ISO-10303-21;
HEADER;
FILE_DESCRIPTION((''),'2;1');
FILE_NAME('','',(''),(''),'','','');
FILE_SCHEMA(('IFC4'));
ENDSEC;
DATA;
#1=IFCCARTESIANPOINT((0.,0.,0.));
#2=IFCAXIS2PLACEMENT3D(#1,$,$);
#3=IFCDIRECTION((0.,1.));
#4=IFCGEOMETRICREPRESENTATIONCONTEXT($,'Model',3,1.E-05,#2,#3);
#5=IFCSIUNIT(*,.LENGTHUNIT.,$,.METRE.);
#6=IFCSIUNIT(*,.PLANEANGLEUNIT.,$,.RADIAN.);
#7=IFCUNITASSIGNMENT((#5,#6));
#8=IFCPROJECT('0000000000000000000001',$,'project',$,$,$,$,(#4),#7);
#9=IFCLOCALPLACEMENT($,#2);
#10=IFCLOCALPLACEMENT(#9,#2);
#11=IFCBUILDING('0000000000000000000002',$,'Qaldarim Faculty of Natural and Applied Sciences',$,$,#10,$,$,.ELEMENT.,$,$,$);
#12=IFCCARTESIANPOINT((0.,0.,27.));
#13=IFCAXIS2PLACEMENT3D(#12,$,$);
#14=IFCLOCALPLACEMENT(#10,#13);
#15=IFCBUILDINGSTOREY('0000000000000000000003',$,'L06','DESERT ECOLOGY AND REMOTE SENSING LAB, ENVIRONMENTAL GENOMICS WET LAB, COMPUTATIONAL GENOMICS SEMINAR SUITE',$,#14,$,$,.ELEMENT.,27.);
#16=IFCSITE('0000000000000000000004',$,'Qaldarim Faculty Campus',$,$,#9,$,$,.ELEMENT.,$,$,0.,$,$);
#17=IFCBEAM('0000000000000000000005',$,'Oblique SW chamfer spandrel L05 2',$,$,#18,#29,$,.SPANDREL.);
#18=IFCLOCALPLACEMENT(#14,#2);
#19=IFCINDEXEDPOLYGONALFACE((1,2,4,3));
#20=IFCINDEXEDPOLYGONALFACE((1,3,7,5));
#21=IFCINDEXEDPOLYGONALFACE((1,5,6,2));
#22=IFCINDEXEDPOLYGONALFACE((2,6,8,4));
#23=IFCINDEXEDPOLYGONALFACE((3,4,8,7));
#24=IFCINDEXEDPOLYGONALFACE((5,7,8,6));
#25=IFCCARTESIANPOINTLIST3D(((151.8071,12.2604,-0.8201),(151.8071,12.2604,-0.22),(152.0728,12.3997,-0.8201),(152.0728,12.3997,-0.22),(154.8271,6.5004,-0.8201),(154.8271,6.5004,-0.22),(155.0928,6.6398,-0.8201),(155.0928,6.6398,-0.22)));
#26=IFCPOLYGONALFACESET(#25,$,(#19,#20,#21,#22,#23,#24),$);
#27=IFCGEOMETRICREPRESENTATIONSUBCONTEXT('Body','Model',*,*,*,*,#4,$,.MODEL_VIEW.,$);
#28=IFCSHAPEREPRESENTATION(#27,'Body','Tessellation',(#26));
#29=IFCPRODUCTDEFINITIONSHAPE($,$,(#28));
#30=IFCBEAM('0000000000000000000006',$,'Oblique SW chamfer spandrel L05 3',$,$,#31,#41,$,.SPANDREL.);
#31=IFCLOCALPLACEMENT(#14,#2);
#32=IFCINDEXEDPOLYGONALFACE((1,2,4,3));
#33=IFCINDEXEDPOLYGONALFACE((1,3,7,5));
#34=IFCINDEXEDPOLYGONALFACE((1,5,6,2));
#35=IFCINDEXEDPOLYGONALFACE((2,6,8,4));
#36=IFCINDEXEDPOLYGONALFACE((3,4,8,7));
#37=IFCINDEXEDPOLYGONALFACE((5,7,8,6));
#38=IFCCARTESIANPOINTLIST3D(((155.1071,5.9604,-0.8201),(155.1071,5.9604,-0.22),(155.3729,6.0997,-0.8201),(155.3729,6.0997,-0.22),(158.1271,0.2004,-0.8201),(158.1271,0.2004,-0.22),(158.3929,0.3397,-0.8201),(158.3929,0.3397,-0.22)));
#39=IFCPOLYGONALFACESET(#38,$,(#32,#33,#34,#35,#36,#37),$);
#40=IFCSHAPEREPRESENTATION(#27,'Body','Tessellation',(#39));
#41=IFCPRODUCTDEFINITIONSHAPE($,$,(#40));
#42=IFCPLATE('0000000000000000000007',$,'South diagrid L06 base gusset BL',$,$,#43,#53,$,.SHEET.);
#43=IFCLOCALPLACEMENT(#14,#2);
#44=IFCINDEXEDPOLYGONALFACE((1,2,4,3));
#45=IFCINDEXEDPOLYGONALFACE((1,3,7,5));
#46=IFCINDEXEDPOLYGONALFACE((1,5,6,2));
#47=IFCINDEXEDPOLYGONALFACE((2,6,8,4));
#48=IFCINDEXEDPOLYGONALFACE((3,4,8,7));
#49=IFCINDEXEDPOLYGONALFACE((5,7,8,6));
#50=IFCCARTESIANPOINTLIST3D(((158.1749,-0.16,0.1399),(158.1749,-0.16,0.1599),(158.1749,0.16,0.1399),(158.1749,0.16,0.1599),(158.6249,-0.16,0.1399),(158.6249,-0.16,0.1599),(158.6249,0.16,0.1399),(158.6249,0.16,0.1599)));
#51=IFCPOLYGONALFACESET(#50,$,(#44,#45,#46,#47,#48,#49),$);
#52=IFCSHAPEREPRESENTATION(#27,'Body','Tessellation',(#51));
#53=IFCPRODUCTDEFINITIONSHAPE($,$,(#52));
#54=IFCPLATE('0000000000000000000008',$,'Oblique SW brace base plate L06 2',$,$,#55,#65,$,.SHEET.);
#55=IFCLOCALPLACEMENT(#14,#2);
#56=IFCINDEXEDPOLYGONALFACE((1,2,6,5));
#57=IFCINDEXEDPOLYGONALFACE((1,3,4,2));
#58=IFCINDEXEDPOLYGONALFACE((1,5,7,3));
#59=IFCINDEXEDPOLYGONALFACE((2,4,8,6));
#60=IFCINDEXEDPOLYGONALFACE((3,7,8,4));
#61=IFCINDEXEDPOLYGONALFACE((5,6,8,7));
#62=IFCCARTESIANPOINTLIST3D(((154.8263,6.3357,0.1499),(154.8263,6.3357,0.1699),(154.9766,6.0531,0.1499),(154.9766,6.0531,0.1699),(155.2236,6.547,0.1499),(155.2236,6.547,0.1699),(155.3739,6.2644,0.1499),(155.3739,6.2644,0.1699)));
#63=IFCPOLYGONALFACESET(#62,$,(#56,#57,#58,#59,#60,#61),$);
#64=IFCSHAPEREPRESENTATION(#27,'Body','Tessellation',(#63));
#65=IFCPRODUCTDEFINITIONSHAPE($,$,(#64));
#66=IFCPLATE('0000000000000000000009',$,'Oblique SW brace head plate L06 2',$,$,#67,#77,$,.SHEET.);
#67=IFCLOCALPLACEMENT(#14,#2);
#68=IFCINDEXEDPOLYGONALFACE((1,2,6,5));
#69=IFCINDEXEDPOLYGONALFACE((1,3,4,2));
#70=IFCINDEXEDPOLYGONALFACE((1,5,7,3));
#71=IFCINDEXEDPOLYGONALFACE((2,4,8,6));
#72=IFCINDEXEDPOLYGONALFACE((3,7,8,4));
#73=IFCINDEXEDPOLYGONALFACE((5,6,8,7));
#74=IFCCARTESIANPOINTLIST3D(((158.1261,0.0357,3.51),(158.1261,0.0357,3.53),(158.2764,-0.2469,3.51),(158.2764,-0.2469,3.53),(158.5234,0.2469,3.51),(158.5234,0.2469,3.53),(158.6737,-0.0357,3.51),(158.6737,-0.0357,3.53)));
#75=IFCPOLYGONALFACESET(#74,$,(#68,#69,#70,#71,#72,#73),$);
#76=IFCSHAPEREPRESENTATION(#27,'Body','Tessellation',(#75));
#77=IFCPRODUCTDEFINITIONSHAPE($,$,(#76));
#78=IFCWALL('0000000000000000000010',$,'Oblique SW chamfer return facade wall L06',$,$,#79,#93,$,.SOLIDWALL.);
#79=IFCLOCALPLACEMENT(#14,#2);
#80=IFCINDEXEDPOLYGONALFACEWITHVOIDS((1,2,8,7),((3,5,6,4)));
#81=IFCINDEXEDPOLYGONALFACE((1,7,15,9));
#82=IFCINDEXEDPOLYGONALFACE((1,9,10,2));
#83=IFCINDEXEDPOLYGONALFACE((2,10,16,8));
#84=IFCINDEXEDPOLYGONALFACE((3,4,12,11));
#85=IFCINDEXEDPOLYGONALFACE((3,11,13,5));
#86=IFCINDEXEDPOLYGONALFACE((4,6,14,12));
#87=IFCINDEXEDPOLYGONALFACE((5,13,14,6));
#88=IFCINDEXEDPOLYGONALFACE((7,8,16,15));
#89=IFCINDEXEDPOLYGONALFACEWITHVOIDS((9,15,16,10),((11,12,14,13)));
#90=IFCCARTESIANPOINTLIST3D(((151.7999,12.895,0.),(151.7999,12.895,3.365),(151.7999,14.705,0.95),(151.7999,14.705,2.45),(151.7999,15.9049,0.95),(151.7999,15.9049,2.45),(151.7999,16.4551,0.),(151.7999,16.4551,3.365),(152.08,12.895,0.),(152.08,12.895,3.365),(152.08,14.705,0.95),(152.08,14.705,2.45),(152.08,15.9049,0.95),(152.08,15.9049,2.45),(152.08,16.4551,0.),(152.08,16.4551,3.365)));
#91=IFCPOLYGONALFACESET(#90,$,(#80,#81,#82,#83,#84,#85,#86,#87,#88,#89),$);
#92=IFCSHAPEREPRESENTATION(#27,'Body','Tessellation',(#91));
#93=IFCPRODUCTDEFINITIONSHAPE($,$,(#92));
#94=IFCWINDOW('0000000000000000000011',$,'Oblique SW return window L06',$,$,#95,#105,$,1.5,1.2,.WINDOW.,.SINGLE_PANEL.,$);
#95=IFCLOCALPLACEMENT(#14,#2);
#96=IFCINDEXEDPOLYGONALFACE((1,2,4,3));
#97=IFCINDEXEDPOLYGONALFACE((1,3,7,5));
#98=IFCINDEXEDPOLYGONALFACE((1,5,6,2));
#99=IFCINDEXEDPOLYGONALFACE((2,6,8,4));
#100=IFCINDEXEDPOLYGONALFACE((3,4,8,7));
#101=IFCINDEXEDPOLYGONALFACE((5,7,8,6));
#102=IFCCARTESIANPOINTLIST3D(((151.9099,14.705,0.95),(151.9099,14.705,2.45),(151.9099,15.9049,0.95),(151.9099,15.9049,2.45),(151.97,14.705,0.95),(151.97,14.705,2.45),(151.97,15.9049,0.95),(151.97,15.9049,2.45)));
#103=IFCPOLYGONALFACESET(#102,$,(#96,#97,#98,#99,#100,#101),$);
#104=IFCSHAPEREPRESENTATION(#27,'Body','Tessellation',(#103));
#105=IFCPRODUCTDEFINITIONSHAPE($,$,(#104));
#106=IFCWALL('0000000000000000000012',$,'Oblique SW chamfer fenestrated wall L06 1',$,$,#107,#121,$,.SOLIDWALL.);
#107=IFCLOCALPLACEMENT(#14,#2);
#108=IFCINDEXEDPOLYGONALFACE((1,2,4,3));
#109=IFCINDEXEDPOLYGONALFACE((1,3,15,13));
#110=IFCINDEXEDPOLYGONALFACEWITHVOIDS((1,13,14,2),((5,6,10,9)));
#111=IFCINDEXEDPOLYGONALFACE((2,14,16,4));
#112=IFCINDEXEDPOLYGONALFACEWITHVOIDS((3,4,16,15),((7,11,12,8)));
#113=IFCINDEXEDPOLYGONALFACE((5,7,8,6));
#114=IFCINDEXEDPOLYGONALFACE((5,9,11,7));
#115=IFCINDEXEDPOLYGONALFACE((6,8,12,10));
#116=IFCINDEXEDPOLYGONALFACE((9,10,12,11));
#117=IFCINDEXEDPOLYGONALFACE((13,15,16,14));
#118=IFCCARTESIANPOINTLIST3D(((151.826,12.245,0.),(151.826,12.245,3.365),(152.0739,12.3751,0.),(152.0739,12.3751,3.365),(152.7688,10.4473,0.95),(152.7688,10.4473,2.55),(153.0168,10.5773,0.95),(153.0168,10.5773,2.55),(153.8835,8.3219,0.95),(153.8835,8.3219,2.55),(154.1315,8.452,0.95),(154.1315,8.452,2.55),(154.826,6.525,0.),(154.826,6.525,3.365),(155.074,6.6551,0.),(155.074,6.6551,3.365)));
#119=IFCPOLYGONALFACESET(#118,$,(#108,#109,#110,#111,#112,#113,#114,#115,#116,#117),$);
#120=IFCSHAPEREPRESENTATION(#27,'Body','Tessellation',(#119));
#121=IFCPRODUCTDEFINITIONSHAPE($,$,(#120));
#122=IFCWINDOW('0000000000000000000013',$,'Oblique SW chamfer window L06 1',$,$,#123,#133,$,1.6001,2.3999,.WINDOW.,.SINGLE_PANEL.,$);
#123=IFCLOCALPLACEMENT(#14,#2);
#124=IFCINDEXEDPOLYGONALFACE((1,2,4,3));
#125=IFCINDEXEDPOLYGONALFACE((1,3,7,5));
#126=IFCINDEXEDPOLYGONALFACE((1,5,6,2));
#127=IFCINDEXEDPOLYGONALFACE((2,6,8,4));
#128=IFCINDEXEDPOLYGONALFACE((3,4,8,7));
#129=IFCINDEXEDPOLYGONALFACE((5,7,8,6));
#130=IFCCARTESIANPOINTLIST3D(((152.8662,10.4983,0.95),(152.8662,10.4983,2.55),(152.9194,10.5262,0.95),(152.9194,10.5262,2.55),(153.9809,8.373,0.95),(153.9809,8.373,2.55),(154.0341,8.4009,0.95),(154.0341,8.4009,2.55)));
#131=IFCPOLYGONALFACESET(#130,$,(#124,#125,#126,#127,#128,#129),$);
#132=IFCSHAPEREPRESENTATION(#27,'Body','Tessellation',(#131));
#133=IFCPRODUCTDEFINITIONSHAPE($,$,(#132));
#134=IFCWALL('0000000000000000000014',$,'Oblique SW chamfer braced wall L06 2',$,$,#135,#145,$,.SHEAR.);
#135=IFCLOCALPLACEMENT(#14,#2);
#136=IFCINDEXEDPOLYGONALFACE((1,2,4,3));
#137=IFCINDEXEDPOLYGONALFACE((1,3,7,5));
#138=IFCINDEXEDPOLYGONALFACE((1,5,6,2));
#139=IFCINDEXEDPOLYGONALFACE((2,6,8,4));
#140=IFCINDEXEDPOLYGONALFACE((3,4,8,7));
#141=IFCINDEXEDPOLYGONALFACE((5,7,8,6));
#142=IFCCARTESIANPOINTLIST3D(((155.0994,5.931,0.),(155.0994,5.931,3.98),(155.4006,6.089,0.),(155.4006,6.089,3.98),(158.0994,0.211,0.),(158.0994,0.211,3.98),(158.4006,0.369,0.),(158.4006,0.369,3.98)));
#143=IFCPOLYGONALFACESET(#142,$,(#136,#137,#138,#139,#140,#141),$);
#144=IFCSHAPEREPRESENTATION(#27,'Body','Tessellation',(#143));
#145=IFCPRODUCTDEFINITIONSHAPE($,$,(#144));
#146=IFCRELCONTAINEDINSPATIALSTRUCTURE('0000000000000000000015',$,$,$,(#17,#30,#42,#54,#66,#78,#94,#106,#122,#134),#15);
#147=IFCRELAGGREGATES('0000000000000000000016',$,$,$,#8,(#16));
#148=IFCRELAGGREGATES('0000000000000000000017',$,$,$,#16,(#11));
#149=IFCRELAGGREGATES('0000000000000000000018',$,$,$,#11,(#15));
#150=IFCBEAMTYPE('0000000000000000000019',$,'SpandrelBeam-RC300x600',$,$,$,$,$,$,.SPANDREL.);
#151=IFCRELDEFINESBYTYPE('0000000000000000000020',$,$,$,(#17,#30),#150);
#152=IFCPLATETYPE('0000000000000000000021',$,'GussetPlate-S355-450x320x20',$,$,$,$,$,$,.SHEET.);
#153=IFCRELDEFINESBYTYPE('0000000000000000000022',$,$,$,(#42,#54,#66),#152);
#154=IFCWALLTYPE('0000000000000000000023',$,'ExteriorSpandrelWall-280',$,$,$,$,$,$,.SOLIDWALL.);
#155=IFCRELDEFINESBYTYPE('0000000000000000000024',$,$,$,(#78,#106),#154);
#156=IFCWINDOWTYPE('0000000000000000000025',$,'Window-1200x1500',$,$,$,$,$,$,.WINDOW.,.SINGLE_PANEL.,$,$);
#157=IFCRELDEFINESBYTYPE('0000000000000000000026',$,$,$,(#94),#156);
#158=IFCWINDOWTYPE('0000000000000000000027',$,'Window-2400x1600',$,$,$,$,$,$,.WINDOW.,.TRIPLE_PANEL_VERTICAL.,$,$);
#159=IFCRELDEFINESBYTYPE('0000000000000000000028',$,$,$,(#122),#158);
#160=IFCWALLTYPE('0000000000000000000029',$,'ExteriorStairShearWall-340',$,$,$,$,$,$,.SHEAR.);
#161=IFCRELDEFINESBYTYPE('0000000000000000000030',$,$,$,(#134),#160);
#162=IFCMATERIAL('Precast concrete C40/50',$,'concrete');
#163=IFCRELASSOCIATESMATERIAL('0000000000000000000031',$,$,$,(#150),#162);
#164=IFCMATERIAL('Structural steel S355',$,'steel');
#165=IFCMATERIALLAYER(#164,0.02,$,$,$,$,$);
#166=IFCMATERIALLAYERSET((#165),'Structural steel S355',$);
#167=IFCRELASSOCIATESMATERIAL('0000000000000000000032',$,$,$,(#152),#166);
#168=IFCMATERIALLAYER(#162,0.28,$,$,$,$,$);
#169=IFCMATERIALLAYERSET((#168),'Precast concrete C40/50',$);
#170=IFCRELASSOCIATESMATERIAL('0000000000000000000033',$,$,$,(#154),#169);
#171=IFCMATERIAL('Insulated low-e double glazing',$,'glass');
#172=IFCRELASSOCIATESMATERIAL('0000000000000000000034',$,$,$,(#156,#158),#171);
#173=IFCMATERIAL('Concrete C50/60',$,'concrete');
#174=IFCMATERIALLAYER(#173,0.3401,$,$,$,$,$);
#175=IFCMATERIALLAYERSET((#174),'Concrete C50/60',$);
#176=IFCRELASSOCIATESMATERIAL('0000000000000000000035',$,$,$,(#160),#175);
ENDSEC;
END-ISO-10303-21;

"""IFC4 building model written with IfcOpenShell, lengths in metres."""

from ifc_helpers import new_model, si_unit, direction, frame, frame_2d, origin, origin_2d, place, context, subcontext, project, spatial, rectangle, extrude, material, layer, layer_set, material_profile, profile_set, type_object, element, fill, save


model = new_model("IFC4")

# Units and contexts
model_context = context("Model", 3, precision=1e-05, world=origin(), true_north=direction((0.0, 1.0)))
body_context = subcontext(model_context, "Body", "Model", "MODEL_VIEW")
ifc_project = project(units=[si_unit("LENGTHUNIT", "METRE"), si_unit("PLANEANGLEUNIT", "RADIAN")], contexts=[model_context])

# Site, building, storey
site_placement = place(None, origin())
site = spatial("IfcSite", under=ifc_project, at=site_placement, Name="Qaldarim Faculty Campus", CompositionType="ELEMENT", RefElevation=0.0)
building_placement = place(site_placement, origin())
building = spatial("IfcBuilding", under=site, at=building_placement, Name="Qaldarim Faculty of Natural and Applied Sciences", CompositionType="ELEMENT")
storey_placement = place(building_placement, frame((0.0, 0.0, 27.0)))
storey = spatial("IfcBuildingStorey", under=building, at=storey_placement, Name="L06", Description="DESERT ECOLOGY AND REMOTE SENSING LAB, ENVIRONMENTAL GENOMICS WET LAB, COMPUTATIONAL GENOMICS SEMINAR SUITE", CompositionType="ELEMENT", Elevation=27.0)

# Shared definitions
ifc_material_1 = material(Name="Concrete C50/60", Category="concrete")

# Shared definitions
ifc_material_2 = material(Name="Structural steel S355", Category="steel")

# Beams
ifc_material_3 = material(Name="Precast concrete C40/50", Category="concrete")
ifc_material_profile_1 = material_profile(ifc_material_3, rectangle(XDim=0.3, YDim=0.6001, at=origin_2d()), Name="RC-SP300x600")
ifc_profile_set_1 = profile_set([ifc_material_profile_1], Name="Precast concrete C40/50")
beam_type_1 = type_object("IfcBeamType", Name="SpandrelBeam-RC300x600", PredefinedType="SPANDREL", material=ifc_profile_set_1)
for number, where, z_axis, x_axis, name in (
    (1, (151.9399, 12.3301, -0.52), (0.464353, -0.88565, 0.0), (0.88565, 0.464353, 0.0), "Oblique SW chamfer spandrel L05 2"),
    (2, (155.24, 6.03, -0.52), (0.464353, -0.88565, 0.0), (0.88565, 0.464353, 0.0), "Oblique SW chamfer spandrel L05 3"),
):
    element("IfcBeam", number, at=place(storey_placement, frame(where, z_axis=z_axis, x_axis=x_axis)), inside=storey, type_object=beam_type_1, Name=name, PredefinedType="SPANDREL", context=body_context, shape_type="SweptSolid", body=[
        extrude(rectangle(XDim=0.3, YDim=0.6001, at=origin_2d()), origin(), (0.0, 0.0, 1.0), 6.5037),
    ])

# Plates
ifc_layer_1 = layer(ifc_material_2, 0.02)
ifc_layer_set_1 = layer_set([ifc_layer_1], Name="Structural steel S355")
plate_type = type_object("IfcPlateType", Name="GussetPlate-S355-450x320x20", PredefinedType="SHEET", material=ifc_layer_set_1)
for number, where, z_axis, x_axis, name in (
    (3, (158.3999, 0.0, 0.1399), (0.0, 0.0, 1.0), (1.0, 0.0, 0.0), "South diagrid L06 base gusset BL"),
    (4, (155.1001, 6.3, 0.1499), (0.0, 0.0, 1.0), (0.882948, 0.469472, 0.0), "Oblique SW brace base plate L06 2"),
    (5, (158.3999, 0.0, 3.51), (0.0, 0.0, 1.0), (0.882948, 0.469472, 0.0), "Oblique SW brace head plate L06 2"),
):
    element("IfcPlate", number, at=place(storey_placement, frame(where, z_axis=z_axis, x_axis=x_axis)), inside=storey, type_object=plate_type, Name=name, PredefinedType="SHEET", context=body_context, shape_type="SweptSolid", body=[
        extrude(rectangle(XDim=0.45, YDim=0.3201, at=origin_2d()), origin(), (0.0, 0.0, 1.0), 0.02),
    ])

# Walls, openings, windows
ifc_layer_2 = layer(ifc_material_3, 0.28)
ifc_layer_set_2 = layer_set([ifc_layer_2], Name="Precast concrete C40/50")
wall_type_1 = type_object("IfcWallType", Name="ExteriorSpandrelWall-280", PredefinedType="SOLIDWALL", material=ifc_layer_set_2)
wall_1_placement = place(storey_placement, frame((151.9399, 16.4551, 0.0), z_axis=(0.0, 0.0, 1.0), x_axis=(0.0, -1.0, 0.0)))
wall_1 = element("IfcWall", 6, at=wall_1_placement, inside=storey, type_object=wall_type_1, Name="Oblique SW chamfer return facade wall L06", PredefinedType="SOLIDWALL", context=body_context, shape_type="SweptSolid", body=[
    extrude(rectangle(XDim=3.5601, YDim=0.28, at=frame_2d((1.78, 0.0))), origin(), (0.0, 0.0, 1.0), 3.365),
])
opening_1_placement = place(wall_1_placement, frame((0.55, 0.0, 0.95)))
opening_1 = element("IfcOpeningElement", 7, at=opening_1_placement, cuts=wall_1, PredefinedType="OPENING", context=body_context, shape_type="SweptSolid", body=[
    extrude(rectangle(XDim=1.2, YDim=1.5, at=frame_2d((0.6001, 0.75))), frame((0.0, 0.1499, 0.0), z_axis=(0.0, -1.0, 0.0), x_axis=(1.0, 0.0, 0.0)), (0.0, 0.0, 1.0), 0.3),
])
ifc_material_4 = material(Name="Insulated low-e double glazing", Category="glass")
window_type_1 = type_object("IfcWindowType", Name="Window-1200x1500", PartitioningType="SINGLE_PANEL", PredefinedType="WINDOW", material=ifc_material_4)
window_1_placement = place(opening_1_placement, origin())
window_1 = element("IfcWindow", 8, at=window_1_placement, inside=storey, type_object=window_type_1, Name="Oblique SW return window L06", OverallHeight=1.5, OverallWidth=1.2, PartitioningType="SINGLE_PANEL", PredefinedType="WINDOW", context=body_context, shape_type="SweptSolid", body=[
    extrude(rectangle(XDim=1.2, YDim=1.5, at=frame_2d((0.6001, 0.75))), frame((0.0, 0.03, 0.0), z_axis=(0.0, -1.0, 0.0), x_axis=(1.0, 0.0, 0.0)), (0.0, 0.0, 1.0), 0.0601),
])
fill(opening_1, window_1)
wall_2_placement = place(storey_placement, frame((151.95, 12.3101, 0.0), z_axis=(0.0, 0.0, 1.0), x_axis=(0.464472, -0.885588, 0.0)))
wall_2 = element("IfcWall", 9, at=wall_2_placement, inside=storey, type_object=wall_type_1, Name="Oblique SW chamfer fenestrated wall L06 1", PredefinedType="SOLIDWALL", context=body_context, shape_type="SweptSolid", body=[
    extrude(rectangle(XDim=6.459, YDim=0.28, at=frame_2d((3.2295, 0.0))), origin(), (0.0, 0.0, 1.0), 3.365),
])
opening_2_placement = place(wall_2_placement, frame((2.03, 0.0, 0.95)))
opening_2 = element("IfcOpeningElement", 10, at=opening_2_placement, cuts=wall_2, PredefinedType="OPENING", context=body_context, shape_type="SweptSolid", body=[
    extrude(rectangle(XDim=2.3999, YDim=1.6001, at=frame_2d((1.2, 0.8))), frame((0.0, 0.1499, 0.0), z_axis=(0.0, -1.0, 0.0), x_axis=(1.0, 0.0, 0.0)), (0.0, 0.0, 1.0), 0.3),
])
window_type_2 = type_object("IfcWindowType", Name="Window-2400x1600", PartitioningType="TRIPLE_PANEL_VERTICAL", PredefinedType="WINDOW", material=ifc_material_4)
window_2_placement = place(opening_2_placement, origin())
window_2 = element("IfcWindow", 11, at=window_2_placement, inside=storey, type_object=window_type_2, Name="Oblique SW chamfer window L06 1", OverallHeight=1.6001, OverallWidth=2.3999, PartitioningType="SINGLE_PANEL", PredefinedType="WINDOW", context=body_context, shape_type="SweptSolid", body=[
    extrude(rectangle(XDim=2.3999, YDim=1.6001, at=frame_2d((1.2, 0.8))), frame((0.0, 0.03, 0.0), z_axis=(0.0, -1.0, 0.0), x_axis=(1.0, 0.0, 0.0)), (0.0, 0.0, 1.0), 0.0601),
])
fill(opening_2, window_2)

# Wall
ifc_layer_3 = layer(ifc_material_1, 0.3401)
ifc_layer_set_3 = layer_set([ifc_layer_3], Name="Concrete C50/60")
wall_type_2 = type_object("IfcWallType", Name="ExteriorStairShearWall-340", PredefinedType="SHEAR", material=ifc_layer_set_3)
wall_3_placement = place(storey_placement, frame((155.25, 6.01, 0.0), z_axis=(0.0, 0.0, 1.0), x_axis=(0.464472, -0.885588, 0.0)))
element("IfcWall", 12, at=wall_3_placement, inside=storey, type_object=wall_type_2, Name="Oblique SW chamfer braced wall L06 2", PredefinedType="SHEAR", context=body_context, shape_type="SweptSolid", body=[
    extrude(rectangle(XDim=6.459, YDim=0.3401, at=frame_2d((3.2295, 0.0))), origin(), (0.0, 0.0, 1.0), 3.98),
])

save(model, "model.ifc")
